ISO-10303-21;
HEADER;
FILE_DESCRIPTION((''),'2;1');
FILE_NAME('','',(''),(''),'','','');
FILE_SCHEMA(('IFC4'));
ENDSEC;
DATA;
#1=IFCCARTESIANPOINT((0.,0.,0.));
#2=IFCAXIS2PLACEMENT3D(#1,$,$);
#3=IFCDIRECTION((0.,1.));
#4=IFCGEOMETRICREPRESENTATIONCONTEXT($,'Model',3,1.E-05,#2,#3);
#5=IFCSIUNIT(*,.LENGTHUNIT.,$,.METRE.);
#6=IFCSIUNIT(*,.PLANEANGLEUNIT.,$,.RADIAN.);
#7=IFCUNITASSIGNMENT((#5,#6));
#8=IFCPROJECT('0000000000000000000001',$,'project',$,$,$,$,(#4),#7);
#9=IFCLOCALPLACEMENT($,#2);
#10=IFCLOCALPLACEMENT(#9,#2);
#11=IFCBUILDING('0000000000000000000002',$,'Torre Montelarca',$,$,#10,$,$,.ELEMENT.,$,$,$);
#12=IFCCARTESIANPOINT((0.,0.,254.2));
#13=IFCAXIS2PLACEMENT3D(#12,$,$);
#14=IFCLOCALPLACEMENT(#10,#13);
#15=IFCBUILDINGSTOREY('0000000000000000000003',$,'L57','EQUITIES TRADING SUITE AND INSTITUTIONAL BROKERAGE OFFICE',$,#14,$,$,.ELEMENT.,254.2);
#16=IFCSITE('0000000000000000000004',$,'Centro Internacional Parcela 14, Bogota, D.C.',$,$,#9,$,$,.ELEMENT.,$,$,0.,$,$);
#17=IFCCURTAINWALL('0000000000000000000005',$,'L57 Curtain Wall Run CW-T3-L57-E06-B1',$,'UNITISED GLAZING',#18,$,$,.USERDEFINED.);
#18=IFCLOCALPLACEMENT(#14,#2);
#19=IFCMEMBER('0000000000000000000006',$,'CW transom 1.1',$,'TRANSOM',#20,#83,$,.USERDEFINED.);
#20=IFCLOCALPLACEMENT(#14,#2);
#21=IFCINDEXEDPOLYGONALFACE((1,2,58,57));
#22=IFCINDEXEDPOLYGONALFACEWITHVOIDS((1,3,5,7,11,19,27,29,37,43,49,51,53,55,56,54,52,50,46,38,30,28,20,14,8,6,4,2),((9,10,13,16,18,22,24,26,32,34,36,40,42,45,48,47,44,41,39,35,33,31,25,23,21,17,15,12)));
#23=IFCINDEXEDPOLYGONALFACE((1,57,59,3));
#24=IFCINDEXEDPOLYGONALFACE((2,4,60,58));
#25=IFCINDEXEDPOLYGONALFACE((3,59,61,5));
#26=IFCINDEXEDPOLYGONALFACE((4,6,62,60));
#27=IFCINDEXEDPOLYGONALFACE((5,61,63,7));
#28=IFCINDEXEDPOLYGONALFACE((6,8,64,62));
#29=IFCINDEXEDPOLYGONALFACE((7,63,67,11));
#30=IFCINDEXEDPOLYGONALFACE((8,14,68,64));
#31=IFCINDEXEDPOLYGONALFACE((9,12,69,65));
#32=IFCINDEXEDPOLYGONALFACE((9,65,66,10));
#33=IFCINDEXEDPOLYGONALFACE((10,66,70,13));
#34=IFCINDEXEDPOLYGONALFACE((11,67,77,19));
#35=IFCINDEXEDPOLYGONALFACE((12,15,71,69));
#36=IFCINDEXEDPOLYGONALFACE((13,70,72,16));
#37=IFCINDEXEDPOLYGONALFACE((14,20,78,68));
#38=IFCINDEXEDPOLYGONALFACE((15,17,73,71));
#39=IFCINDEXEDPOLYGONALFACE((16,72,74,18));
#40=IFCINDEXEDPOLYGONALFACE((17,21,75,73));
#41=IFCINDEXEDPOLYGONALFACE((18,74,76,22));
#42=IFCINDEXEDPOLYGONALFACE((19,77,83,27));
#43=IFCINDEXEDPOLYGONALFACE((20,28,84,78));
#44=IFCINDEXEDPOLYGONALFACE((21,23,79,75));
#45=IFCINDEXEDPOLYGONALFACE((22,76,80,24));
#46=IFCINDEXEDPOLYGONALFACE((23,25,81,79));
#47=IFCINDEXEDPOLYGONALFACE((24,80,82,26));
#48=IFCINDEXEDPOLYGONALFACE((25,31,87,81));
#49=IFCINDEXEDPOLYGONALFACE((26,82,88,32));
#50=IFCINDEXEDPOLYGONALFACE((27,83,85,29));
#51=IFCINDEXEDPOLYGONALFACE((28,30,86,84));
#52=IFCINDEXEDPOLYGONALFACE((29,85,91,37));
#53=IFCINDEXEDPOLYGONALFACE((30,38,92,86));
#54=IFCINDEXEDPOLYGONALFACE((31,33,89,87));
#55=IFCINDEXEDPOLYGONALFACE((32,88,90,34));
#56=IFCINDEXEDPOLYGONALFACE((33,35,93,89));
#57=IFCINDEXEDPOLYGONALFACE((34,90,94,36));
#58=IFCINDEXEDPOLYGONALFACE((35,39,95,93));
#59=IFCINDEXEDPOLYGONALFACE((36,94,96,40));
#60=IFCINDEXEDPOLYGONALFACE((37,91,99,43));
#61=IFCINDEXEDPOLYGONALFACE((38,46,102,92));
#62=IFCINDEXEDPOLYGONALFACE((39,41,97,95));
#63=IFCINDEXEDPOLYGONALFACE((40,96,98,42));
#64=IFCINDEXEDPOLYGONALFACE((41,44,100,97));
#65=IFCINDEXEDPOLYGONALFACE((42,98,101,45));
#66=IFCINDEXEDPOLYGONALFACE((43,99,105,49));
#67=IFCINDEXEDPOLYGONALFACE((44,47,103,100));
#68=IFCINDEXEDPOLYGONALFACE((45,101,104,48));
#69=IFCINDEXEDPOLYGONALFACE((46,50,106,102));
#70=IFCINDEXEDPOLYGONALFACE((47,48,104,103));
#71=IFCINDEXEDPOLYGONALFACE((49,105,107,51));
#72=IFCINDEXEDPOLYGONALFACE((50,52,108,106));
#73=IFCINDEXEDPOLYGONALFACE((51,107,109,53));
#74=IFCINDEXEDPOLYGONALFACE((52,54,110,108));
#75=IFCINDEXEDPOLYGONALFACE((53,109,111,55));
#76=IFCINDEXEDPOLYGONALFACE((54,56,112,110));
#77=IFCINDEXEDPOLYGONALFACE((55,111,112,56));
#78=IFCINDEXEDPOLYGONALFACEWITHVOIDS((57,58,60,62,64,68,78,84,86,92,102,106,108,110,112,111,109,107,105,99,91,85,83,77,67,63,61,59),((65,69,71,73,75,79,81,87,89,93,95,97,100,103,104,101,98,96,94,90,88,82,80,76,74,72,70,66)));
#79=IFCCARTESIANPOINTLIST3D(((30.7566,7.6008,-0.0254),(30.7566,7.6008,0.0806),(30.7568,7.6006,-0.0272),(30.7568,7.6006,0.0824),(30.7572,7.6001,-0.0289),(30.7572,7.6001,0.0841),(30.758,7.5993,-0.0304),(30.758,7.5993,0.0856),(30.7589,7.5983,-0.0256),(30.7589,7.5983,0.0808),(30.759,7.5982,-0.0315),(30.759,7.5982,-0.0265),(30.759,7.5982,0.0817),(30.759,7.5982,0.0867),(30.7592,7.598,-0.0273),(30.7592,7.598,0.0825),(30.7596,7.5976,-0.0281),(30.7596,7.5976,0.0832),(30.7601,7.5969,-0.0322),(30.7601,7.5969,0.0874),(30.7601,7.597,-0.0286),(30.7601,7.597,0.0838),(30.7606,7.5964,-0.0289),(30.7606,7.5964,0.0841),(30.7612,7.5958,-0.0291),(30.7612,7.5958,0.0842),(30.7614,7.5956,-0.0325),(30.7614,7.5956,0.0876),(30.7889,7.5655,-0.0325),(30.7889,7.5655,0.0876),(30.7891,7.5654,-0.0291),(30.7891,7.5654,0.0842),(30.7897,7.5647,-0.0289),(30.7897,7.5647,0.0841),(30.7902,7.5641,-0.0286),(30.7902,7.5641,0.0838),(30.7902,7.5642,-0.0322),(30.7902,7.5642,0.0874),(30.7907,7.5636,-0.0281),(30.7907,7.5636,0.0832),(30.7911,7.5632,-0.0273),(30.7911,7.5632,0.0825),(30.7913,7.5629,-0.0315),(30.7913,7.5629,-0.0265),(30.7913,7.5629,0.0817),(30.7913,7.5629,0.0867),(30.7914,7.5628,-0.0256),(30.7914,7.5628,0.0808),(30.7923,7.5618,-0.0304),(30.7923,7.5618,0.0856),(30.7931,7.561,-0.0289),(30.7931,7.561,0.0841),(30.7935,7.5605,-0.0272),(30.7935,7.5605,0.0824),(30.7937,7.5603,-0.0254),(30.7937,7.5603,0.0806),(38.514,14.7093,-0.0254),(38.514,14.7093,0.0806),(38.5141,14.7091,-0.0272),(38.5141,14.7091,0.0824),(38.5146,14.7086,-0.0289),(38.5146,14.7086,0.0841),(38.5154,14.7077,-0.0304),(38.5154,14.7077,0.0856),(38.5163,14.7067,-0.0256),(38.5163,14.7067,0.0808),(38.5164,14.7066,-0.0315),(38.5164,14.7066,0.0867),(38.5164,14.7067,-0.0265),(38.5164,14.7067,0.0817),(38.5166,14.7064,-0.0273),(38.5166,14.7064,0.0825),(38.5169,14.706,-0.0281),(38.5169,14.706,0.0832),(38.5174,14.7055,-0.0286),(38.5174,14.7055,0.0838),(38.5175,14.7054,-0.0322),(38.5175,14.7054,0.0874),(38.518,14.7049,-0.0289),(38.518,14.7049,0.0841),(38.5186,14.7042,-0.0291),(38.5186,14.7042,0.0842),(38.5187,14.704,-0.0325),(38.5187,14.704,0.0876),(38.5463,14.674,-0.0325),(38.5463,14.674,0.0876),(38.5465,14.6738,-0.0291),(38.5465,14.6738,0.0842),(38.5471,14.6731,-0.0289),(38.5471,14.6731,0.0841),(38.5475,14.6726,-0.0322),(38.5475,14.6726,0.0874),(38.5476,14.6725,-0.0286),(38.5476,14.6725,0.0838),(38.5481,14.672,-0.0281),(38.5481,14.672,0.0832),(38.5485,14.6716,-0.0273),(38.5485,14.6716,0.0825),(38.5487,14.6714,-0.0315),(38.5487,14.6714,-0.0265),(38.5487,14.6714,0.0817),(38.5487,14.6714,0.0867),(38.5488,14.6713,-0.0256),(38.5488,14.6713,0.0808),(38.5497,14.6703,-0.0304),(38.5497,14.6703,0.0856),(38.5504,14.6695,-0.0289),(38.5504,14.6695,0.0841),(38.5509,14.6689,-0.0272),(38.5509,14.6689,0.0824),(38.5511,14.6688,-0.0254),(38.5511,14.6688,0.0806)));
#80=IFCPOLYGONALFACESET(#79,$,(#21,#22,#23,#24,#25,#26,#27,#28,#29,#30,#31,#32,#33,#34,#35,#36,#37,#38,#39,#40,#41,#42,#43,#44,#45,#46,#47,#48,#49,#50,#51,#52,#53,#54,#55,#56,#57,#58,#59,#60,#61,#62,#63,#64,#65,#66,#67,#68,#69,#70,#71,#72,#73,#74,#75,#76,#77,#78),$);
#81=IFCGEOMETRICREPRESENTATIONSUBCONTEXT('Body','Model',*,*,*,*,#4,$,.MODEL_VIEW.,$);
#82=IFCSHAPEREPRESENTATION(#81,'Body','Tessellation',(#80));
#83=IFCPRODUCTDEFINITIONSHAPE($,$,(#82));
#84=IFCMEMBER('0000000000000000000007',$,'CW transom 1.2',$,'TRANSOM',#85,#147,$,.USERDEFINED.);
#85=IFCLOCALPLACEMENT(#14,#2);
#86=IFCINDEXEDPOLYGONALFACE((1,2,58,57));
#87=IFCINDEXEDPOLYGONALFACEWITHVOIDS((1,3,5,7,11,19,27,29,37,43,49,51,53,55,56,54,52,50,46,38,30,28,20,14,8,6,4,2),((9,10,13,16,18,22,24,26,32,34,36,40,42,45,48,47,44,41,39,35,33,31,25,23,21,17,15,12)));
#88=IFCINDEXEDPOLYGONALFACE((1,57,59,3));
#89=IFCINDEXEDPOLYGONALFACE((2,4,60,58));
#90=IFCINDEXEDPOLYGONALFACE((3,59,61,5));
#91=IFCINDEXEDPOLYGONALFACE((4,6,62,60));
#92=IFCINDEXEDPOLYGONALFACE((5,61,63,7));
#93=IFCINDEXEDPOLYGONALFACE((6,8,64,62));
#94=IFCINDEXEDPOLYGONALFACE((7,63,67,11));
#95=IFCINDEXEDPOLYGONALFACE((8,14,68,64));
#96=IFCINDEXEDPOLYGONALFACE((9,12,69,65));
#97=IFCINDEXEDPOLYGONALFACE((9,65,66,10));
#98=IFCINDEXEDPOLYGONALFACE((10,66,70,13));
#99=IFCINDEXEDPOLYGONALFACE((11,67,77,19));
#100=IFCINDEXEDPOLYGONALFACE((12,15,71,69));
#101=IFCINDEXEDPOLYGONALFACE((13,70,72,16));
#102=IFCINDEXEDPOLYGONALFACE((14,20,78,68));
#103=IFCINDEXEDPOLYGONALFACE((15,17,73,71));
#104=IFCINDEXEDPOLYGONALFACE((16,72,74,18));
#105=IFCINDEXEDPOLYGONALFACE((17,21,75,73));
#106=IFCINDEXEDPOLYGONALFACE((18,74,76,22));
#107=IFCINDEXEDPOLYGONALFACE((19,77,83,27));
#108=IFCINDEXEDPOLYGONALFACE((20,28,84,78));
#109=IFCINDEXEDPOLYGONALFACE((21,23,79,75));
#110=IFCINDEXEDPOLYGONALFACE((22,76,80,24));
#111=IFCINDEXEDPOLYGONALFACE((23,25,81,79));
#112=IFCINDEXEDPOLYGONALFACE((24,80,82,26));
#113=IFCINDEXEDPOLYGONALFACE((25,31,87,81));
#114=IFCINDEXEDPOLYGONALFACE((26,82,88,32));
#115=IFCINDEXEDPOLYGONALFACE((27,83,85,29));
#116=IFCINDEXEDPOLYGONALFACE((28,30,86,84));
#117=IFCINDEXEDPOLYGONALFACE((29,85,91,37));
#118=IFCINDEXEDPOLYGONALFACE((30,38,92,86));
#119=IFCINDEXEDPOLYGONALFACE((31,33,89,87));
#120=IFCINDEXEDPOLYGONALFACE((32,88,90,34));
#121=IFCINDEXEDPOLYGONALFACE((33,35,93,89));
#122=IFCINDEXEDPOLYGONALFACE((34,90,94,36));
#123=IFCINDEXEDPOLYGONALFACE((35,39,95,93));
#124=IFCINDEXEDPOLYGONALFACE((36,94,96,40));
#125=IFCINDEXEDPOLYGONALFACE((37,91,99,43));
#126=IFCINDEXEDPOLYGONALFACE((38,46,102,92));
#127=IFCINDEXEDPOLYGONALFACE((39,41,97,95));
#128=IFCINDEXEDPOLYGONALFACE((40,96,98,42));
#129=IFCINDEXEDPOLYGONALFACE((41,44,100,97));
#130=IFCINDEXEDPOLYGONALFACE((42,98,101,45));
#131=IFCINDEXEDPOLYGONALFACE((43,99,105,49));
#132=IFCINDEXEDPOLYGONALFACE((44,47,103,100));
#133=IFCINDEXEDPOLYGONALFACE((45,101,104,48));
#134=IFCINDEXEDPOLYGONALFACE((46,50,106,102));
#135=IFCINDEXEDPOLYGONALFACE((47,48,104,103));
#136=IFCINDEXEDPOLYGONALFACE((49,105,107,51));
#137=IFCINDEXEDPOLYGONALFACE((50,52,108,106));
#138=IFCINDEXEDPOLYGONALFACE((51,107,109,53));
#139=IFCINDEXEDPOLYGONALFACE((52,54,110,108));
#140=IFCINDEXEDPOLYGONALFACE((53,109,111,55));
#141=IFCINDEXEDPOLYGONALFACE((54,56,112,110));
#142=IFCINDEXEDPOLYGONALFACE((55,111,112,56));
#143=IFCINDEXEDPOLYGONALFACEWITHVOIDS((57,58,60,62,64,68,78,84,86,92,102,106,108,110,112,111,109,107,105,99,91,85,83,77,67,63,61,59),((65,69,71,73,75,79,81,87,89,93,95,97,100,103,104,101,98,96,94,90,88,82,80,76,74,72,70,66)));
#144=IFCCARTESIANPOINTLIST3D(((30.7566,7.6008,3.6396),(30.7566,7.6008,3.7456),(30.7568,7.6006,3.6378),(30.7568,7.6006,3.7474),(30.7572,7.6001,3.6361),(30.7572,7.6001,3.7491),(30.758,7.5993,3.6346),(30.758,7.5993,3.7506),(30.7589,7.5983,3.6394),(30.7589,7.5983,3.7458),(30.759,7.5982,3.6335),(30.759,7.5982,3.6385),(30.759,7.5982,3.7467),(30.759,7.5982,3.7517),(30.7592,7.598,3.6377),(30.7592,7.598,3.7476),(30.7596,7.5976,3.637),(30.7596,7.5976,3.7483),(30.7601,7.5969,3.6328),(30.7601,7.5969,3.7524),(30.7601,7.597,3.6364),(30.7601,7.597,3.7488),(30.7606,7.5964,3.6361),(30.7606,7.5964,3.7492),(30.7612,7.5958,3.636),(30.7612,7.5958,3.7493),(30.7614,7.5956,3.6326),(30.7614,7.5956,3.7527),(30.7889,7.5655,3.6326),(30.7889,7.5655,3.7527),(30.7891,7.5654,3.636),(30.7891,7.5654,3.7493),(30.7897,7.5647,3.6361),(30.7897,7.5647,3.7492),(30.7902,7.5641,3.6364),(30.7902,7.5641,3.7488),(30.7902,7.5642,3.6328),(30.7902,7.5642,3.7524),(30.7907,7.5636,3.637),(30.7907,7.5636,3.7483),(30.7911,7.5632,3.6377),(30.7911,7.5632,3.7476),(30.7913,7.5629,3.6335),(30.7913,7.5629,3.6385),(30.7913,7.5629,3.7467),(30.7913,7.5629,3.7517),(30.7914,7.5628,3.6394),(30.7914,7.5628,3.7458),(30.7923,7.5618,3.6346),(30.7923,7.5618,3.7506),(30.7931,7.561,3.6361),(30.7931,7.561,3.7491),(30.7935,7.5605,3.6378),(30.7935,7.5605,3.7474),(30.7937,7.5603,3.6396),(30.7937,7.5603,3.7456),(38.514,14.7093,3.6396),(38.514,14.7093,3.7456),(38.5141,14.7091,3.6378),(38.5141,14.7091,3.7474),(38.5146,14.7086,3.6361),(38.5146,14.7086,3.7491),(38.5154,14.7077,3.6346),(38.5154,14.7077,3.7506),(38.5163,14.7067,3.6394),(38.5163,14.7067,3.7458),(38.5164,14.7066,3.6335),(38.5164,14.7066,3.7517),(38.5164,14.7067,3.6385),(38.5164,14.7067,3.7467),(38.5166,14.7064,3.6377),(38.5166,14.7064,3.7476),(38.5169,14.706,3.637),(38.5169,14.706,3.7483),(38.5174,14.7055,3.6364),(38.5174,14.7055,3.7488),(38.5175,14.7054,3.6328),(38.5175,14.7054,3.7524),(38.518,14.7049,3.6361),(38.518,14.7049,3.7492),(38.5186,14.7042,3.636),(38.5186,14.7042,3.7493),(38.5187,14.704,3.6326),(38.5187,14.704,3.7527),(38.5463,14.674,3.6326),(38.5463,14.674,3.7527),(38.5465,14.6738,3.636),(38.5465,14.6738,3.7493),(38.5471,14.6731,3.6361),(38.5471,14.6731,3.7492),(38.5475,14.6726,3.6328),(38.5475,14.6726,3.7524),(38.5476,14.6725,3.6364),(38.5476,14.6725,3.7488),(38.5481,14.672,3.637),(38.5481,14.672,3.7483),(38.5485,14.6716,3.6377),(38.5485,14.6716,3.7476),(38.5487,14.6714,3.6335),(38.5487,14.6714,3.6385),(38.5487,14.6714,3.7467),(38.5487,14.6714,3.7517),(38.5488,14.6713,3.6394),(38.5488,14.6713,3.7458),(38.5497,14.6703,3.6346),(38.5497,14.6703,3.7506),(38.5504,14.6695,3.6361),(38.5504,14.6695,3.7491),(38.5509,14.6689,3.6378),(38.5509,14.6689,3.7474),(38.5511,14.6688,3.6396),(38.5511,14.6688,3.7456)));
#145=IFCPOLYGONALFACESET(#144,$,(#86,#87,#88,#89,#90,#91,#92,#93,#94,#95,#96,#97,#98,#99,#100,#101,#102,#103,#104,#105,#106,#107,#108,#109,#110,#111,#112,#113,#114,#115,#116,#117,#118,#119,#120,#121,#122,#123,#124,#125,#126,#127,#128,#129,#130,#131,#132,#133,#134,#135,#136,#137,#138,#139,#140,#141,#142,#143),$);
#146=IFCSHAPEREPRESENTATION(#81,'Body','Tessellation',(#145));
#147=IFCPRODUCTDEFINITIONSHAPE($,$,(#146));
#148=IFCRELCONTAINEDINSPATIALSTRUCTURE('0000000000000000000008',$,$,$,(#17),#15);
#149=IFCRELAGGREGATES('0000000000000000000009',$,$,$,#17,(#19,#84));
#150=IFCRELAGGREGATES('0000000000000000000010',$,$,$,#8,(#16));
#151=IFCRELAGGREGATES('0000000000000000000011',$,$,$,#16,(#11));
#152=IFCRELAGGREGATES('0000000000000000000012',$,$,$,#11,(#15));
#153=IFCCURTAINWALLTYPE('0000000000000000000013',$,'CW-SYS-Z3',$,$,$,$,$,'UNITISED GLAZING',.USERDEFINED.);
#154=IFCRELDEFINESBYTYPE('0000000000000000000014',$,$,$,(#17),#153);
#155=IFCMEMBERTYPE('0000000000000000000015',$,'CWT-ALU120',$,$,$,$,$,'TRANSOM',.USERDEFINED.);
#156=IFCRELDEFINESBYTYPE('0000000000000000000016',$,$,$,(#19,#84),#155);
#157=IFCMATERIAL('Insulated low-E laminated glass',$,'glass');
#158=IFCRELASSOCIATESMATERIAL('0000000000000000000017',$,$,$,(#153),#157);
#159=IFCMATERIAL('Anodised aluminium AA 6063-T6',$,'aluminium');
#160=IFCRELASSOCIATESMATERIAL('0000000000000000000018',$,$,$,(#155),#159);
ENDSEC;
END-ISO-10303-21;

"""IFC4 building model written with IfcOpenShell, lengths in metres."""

from ifc_helpers import new_model, si_unit, direction, frame, origin, origin_2d, place, context, subcontext, project, spatial, hollow_rectangle, extrude, source, transform, mapped, material, material_profile, profile_set, type_object, element, aggregate, save


model = new_model("IFC4")

# Units and contexts
model_context = context("Model", 3, precision=1e-05, world=origin(), true_north=direction((0.0, 1.0)))
body_context = subcontext(model_context, "Body", "Model", "MODEL_VIEW")
ifc_project = project(units=[si_unit("LENGTHUNIT", "METRE"), si_unit("PLANEANGLEUNIT", "RADIAN")], contexts=[model_context])

# Site, building, storey
site_placement = place(None, origin())
site = spatial("IfcSite", under=ifc_project, at=site_placement, Name="Centro Internacional Parcela 14, Bogota, D.C.", CompositionType="ELEMENT", RefElevation=0.0)
building_placement = place(site_placement, origin())
building = spatial("IfcBuilding", under=site, at=building_placement, Name="Torre Montelarca", CompositionType="ELEMENT")
storey_placement = place(building_placement, frame((0.0, 0.0, 254.2)))
storey = spatial("IfcBuildingStorey", under=building, at=storey_placement, Name="L57", Description="EQUITIES TRADING SUITE AND INSTITUTIONAL BROKERAGE OFFICE", CompositionType="ELEMENT", Elevation=254.2)

# Curtain wall
ifc_material_1 = material(Name="Insulated low-E laminated glass", Category="glass")
curtain_wall_type = type_object("IfcCurtainWallType", Name="CW-SYS-Z3", ElementType="UNITISED GLAZING", PredefinedType="USERDEFINED", material=ifc_material_1)
ifc_material_2 = material(Name="Anodised aluminium AA 6063-T6", Category="aluminium")
ifc_material_profile_1 = material_profile(ifc_material_2, hollow_rectangle(XDim=0.0549, YDim=0.1201, WallThickness=0.0034, InnerFilletRadius=0.0034, OuterFilletRadius=0.0071, at=origin_2d()), Name="ALU55X120X3.5", Category="aluminium")
ifc_profile_set_1 = profile_set([ifc_material_profile_1], Name="Anodised aluminium AA 6063-T6")
member_type_1 = type_object("IfcMemberType", Name="CWT-ALU120", ElementType="TRANSOM", PredefinedType="USERDEFINED", material=ifc_profile_set_1)
curtain_wall_1_placement = place(storey_placement, origin())
curtain_wall_1 = element("IfcCurtainWall", 1, at=curtain_wall_1_placement, inside=storey, type_object=curtain_wall_type, Name="L57 Curtain Wall Run CW-T3-L57-E06-B1", ObjectType="UNITISED GLAZING", PredefinedType="USERDEFINED")

# Members
shared_shape_1 = source(origin(), body_context, "Body", "SweptSolid", [
    extrude(hollow_rectangle(XDim=0.0549, YDim=0.1201, WallThickness=0.0034, InnerFilletRadius=0.0034, OuterFilletRadius=0.0071, at=origin_2d()), origin(), (0.0, 0.0, 1.0), 10.5217),
])
member_1_placement = place(storey_placement, frame((30.7751, 7.5806, 0.0276), z_axis=(0.737272, 0.675596, 0.0), x_axis=(-0.675596, 0.737272, 0.0)))
member_1 = element("IfcMember", 2, at=member_1_placement, type_object=member_type_1, Name="CW transom 1.1", ObjectType="TRANSOM", PredefinedType="USERDEFINED", context=body_context, shape_type="MappedRepresentation", body=[
    mapped(shared_shape_1, transform((0.0, 0.0, 0.0), scale=1.0)),
])
member_2_placement = place(storey_placement, frame((30.7751, 7.5806, 3.6926), z_axis=(0.737272, 0.675596, 0.0), x_axis=(-0.675596, 0.737272, 0.0)))
member_2 = element("IfcMember", 3, at=member_2_placement, type_object=member_type_1, Name="CW transom 1.2", ObjectType="TRANSOM", PredefinedType="USERDEFINED", context=body_context, shape_type="MappedRepresentation", body=[
    mapped(shared_shape_1, transform((0.0, 0.0, 0.0), scale=1.0)),
])

aggregate(curtain_wall_1, [member_1, member_2])

save(model, "model.ifc")
